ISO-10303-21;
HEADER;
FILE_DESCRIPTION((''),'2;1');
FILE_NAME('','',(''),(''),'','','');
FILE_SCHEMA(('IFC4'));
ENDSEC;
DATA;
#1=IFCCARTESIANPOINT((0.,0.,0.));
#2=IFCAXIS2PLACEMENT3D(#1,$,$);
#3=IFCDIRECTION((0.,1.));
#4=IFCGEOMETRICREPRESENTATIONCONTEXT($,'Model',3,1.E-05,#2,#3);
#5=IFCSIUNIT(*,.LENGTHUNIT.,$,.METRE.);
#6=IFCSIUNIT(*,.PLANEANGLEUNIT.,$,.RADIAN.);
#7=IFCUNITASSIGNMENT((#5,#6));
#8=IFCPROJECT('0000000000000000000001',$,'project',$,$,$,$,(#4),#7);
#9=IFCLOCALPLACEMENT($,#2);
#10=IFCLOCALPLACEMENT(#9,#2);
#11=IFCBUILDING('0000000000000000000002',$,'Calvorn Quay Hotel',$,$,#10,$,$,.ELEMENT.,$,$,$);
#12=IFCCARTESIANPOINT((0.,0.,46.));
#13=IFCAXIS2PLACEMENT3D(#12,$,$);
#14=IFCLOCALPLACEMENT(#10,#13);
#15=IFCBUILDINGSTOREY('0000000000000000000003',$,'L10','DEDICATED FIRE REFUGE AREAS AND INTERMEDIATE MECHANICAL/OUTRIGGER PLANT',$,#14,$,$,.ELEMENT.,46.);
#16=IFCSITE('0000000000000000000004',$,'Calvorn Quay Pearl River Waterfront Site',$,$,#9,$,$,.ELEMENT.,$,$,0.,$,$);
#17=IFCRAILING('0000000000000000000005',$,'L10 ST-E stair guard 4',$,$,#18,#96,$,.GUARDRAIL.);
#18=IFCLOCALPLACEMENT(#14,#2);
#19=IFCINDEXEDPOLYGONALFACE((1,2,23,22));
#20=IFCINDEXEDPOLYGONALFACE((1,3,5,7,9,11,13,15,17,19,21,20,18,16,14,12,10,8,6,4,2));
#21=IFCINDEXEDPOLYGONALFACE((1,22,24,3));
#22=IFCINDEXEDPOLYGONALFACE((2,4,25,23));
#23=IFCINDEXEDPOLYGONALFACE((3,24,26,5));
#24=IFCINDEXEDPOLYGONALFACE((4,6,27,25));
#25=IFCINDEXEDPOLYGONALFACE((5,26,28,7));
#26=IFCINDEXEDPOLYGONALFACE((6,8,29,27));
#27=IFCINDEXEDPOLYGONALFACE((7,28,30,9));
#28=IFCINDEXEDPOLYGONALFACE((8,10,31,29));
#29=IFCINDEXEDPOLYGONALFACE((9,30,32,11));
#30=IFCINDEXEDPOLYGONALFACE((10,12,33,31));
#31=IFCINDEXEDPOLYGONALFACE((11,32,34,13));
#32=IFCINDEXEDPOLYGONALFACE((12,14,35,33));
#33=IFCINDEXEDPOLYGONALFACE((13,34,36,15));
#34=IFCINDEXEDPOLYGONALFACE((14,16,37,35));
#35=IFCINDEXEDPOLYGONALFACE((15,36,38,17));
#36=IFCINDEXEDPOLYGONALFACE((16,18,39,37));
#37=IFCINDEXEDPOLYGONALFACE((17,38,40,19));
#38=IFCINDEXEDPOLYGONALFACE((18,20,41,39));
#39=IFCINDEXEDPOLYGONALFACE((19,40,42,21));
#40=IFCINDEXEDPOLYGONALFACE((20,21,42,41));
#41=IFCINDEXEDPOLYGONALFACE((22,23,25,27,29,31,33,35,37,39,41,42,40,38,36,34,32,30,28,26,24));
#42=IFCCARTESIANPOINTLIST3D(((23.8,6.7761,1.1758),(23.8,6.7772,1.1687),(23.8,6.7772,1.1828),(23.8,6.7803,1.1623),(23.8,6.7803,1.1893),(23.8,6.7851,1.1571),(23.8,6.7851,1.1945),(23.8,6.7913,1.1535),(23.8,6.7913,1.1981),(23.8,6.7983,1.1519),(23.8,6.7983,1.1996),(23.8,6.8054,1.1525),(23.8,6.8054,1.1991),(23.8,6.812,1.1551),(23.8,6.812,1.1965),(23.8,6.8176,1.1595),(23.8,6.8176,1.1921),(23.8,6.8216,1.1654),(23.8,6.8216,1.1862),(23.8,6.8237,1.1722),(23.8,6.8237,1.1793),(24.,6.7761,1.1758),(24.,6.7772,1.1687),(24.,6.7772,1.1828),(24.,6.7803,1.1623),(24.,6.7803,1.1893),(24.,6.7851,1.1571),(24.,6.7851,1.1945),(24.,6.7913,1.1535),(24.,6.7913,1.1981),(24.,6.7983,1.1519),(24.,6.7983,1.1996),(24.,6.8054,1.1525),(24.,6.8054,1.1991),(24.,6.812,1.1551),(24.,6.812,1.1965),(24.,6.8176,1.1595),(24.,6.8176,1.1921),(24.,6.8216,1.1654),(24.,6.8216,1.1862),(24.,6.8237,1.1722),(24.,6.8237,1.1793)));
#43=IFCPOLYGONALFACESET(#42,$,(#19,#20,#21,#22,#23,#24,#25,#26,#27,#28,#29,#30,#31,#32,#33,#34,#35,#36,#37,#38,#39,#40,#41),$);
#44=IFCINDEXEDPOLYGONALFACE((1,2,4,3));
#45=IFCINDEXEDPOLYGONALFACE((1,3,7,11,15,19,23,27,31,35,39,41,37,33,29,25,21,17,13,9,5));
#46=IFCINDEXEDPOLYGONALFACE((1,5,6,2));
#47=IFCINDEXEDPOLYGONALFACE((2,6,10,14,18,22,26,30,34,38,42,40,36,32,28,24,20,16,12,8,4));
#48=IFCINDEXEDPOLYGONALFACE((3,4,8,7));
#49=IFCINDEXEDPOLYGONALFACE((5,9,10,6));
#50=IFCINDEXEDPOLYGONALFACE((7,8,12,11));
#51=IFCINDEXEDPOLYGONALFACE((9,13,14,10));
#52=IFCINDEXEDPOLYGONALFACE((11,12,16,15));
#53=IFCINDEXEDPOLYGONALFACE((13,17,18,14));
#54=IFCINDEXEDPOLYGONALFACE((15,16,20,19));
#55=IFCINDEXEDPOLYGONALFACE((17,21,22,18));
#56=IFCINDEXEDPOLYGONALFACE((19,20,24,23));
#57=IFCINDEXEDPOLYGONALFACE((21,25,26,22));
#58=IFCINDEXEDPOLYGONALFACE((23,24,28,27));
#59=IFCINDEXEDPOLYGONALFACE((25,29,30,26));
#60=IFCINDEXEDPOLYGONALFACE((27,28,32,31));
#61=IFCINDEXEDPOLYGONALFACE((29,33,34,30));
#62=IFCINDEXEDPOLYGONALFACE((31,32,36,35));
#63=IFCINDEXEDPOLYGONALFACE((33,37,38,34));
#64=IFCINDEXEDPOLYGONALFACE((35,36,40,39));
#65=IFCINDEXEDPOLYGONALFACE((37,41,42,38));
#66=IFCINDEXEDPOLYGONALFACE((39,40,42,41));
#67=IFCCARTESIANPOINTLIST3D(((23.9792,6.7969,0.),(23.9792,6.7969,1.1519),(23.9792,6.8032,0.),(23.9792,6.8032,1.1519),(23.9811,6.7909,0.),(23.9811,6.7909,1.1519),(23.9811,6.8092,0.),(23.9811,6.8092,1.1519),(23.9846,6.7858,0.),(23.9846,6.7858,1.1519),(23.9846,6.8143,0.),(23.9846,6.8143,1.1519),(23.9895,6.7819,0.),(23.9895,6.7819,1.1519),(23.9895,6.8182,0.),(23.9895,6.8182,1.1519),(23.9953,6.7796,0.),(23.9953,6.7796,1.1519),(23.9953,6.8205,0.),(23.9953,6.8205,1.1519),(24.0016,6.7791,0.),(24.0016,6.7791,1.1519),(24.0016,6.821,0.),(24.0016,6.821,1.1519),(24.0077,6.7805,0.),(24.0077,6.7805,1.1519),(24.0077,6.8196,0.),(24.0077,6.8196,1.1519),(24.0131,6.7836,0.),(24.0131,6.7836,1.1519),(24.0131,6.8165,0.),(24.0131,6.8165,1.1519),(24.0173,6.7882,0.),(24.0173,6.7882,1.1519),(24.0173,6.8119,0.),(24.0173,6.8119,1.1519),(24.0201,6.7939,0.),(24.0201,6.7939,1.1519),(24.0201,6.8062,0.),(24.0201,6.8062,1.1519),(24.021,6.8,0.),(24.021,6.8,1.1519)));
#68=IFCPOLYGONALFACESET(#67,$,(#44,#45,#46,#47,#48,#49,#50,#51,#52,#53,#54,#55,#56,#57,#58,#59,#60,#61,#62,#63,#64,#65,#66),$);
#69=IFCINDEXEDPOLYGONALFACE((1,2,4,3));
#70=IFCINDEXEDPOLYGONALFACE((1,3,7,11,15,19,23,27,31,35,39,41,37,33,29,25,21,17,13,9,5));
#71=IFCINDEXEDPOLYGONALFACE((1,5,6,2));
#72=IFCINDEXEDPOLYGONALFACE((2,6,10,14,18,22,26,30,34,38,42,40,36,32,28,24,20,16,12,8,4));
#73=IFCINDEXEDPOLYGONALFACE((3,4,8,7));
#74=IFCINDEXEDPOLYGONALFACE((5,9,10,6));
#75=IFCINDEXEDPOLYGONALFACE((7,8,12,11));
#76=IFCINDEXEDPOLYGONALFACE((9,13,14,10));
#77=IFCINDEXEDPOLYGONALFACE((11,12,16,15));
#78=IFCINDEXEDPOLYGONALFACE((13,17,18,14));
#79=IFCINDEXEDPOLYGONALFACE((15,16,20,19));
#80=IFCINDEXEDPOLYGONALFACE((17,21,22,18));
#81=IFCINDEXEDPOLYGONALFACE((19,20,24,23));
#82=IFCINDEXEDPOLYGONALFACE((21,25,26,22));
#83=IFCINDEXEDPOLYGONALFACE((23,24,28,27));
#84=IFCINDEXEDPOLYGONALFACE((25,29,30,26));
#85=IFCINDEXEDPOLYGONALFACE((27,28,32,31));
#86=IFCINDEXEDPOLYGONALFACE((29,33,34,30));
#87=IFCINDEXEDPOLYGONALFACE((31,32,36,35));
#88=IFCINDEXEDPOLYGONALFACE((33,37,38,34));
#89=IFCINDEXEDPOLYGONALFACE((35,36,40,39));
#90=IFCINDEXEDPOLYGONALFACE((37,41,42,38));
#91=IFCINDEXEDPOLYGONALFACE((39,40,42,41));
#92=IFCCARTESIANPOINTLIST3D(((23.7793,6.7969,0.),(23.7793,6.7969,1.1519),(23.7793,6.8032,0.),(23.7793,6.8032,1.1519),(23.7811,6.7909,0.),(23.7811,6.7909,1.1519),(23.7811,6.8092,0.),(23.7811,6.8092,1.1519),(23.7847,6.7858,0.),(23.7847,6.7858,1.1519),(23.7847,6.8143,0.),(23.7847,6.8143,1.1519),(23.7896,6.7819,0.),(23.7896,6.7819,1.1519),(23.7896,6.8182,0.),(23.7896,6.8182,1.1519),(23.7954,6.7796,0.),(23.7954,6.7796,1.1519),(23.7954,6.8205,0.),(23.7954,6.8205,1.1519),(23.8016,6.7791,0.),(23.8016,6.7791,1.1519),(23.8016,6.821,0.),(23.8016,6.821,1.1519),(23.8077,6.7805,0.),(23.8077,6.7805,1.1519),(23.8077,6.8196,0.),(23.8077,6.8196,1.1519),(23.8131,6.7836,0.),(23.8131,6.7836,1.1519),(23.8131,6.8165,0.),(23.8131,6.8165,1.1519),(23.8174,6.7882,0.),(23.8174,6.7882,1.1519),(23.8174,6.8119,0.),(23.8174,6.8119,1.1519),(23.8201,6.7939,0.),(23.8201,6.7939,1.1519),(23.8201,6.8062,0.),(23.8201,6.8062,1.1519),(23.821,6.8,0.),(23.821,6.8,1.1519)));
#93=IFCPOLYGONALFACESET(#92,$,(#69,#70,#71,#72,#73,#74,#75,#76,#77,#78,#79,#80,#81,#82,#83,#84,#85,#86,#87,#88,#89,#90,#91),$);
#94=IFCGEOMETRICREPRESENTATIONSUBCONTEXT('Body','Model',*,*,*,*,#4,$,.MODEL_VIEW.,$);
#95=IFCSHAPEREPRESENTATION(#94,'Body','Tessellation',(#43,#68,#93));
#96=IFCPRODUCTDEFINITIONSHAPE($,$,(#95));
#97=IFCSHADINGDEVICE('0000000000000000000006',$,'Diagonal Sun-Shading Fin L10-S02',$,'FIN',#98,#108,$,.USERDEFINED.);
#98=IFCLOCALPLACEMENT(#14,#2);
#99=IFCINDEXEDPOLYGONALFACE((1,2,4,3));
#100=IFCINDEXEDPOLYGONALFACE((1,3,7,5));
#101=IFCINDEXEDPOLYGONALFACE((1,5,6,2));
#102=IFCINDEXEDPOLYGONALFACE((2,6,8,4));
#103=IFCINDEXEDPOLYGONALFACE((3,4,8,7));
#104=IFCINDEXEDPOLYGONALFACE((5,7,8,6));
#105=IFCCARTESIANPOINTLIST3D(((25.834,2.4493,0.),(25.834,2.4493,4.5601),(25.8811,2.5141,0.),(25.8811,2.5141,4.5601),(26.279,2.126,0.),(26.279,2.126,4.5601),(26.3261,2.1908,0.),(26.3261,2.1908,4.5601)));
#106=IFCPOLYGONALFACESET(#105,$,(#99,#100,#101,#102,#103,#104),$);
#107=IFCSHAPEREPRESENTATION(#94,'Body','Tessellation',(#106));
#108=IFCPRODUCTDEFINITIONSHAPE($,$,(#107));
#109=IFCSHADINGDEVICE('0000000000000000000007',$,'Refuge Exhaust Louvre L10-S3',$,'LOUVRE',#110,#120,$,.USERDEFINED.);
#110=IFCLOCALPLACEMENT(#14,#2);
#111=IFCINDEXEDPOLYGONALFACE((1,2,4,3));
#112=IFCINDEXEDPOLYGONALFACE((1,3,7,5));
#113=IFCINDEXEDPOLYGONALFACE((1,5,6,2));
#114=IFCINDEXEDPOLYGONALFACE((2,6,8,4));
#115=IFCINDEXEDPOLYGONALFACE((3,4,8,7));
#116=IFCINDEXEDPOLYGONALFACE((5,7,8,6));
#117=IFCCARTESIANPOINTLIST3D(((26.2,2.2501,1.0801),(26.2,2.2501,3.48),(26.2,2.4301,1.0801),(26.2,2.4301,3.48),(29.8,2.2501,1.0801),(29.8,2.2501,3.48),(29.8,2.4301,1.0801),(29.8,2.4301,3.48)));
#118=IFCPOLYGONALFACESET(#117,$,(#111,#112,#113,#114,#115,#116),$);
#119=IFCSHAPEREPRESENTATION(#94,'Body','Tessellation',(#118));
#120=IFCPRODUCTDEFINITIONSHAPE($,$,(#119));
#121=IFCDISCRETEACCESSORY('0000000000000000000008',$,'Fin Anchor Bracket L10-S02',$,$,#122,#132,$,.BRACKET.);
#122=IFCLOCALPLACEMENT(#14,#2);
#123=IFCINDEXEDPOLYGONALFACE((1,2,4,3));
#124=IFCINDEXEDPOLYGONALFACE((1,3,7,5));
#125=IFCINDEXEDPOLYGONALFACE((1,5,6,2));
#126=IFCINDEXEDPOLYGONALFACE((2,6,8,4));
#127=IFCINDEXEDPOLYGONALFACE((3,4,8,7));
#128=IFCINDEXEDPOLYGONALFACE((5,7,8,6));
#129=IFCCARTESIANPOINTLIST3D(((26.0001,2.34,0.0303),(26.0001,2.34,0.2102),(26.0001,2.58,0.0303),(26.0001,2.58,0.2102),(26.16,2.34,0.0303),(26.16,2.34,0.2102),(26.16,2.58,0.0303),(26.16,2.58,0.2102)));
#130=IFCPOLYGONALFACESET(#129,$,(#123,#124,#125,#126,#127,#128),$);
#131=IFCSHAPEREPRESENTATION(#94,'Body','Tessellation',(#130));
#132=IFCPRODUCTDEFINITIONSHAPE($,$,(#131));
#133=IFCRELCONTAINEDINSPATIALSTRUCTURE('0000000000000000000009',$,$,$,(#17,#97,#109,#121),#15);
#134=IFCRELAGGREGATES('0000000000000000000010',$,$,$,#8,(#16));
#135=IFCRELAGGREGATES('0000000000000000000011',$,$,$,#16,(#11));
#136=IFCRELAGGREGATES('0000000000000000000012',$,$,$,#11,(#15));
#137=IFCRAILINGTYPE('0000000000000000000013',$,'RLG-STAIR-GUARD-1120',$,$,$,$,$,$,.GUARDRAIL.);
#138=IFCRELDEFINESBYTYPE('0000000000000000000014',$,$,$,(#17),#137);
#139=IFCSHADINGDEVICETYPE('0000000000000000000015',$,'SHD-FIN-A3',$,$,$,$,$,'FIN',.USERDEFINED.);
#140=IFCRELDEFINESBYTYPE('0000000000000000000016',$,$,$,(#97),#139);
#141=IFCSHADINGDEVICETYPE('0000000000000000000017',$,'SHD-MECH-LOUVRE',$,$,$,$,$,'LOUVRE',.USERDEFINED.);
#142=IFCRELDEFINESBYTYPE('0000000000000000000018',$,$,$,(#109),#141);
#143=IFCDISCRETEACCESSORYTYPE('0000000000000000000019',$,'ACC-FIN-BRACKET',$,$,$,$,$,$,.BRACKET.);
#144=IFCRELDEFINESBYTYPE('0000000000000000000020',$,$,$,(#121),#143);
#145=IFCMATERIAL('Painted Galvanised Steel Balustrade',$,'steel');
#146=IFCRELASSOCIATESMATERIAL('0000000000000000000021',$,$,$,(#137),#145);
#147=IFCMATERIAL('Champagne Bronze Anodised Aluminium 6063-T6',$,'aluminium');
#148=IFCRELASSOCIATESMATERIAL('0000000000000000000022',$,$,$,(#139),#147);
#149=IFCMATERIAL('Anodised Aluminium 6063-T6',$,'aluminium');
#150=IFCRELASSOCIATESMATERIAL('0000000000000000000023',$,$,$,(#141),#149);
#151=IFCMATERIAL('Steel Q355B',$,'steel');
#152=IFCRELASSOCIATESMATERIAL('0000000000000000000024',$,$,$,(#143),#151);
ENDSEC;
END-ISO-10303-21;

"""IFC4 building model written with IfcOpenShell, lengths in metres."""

from ifc_helpers import new_model, si_unit, direction, frame, origin, origin_2d, place, context, subcontext, project, spatial, rectangle, circle, extrude, material, type_object, element, save


model = new_model("IFC4")

# Units and contexts
model_context = context("Model", 3, precision=1e-05, world=origin(), true_north=direction((0.0, 1.0)))
body_context = subcontext(model_context, "Body", "Model", "MODEL_VIEW")
ifc_project = project(units=[si_unit("LENGTHUNIT", "METRE"), si_unit("PLANEANGLEUNIT", "RADIAN")], contexts=[model_context])

# Site, building, storey
site_placement = place(None, origin())
site = spatial("IfcSite", under=ifc_project, at=site_placement, Name="Calvorn Quay Pearl River Waterfront Site", CompositionType="ELEMENT", RefElevation=0.0)
building_placement = place(site_placement, origin())
building = spatial("IfcBuilding", under=site, at=building_placement, Name="Calvorn Quay Hotel", CompositionType="ELEMENT")
storey_placement = place(building_placement, frame((0.0, 0.0, 46.0)))
storey = spatial("IfcBuildingStorey", under=building, at=storey_placement, Name="L10", Description="DEDICATED FIRE REFUGE AREAS AND INTERMEDIATE MECHANICAL/OUTRIGGER PLANT", CompositionType="ELEMENT", Elevation=46.0)

# Railing
ifc_material_1 = material(Name="Painted Galvanised Steel Balustrade", Category="steel")
railing_type_1 = type_object("IfcRailingType", Name="RLG-STAIR-GUARD-1120", PredefinedType="GUARDRAIL", material=ifc_material_1)
railing_1_placement = place(storey_placement, frame((24.0, 6.8, 0.0)))
element("IfcRailing", 1, at=railing_1_placement, inside=storey, type_object=railing_type_1, Name="L10 ST-E stair guard 4", PredefinedType="GUARDRAIL", context=body_context, shape_type="SweptSolid", body=[
    extrude(circle(Radius=0.0239, at=origin_2d()), frame((0.0, 0.0, 1.1758), z_axis=(-1.0, 0.0, 0.0), x_axis=(0.0, -1.0, 0.0)), (0.0, 0.0, 1.0), 0.2),
    extrude(circle(Radius=0.021, at=origin_2d()), origin(), (0.0, 0.0, 1.0), 1.1519),
    extrude(circle(Radius=0.021, at=origin_2d()), frame((-0.2, 0.0, 0.0)), (0.0, 0.0, 1.0), 1.1519),
])

# Shading devices
ifc_material_2 = material(Name="Champagne Bronze Anodised Aluminium 6063-T6", Category="aluminium")
shading_device_type_1 = type_object("IfcShadingDeviceType", Name="SHD-FIN-A3", ElementType="FIN", PredefinedType="USERDEFINED", material=ifc_material_2)
shading_device_1_placement = place(storey_placement, frame((26.0801, 2.3201, 0.0), z_axis=(0.0, 0.0, 1.0), x_axis=(-0.809017, 0.587785, 0.0)))
element("IfcShadingDevice", 2, at=shading_device_1_placement, inside=storey, type_object=shading_device_type_1, Name="Diagonal Sun-Shading Fin L10-S02", ObjectType="FIN", PredefinedType="USERDEFINED", context=body_context, shape_type="SweptSolid", body=[
    extrude(rectangle(XDim=0.55, YDim=0.0801, at=origin_2d()), origin(), (0.0, 0.0, 1.0), 4.5601),
])
ifc_material_3 = material(Name="Anodised Aluminium 6063-T6", Category="aluminium")
shading_device_type_2 = type_object("IfcShadingDeviceType", Name="SHD-MECH-LOUVRE", ElementType="LOUVRE", PredefinedType="USERDEFINED", material=ifc_material_3)
shading_device_2_placement = place(storey_placement, frame((28.0, 2.3401, 1.0801), z_axis=(0.0, 0.0, 1.0), x_axis=(1.0, 0.0, 0.0)))
element("IfcShadingDevice", 3, at=shading_device_2_placement, inside=storey, type_object=shading_device_type_2, Name="Refuge Exhaust Louvre L10-S3", ObjectType="LOUVRE", PredefinedType="USERDEFINED", context=body_context, shape_type="SweptSolid", body=[
    extrude(rectangle(XDim=3.6001, YDim=0.1799, at=origin_2d()), origin(), (0.0, 0.0, 1.0), 2.3999),
])

# Discrete accessory
ifc_material_4 = material(Name="Steel Q355B", Category="steel")
discrete_accessory_type = type_object("IfcDiscreteAccessoryType", Name="ACC-FIN-BRACKET", PredefinedType="BRACKET", material=ifc_material_4)
discrete_accessory_placement = place(storey_placement, frame((26.0801, 2.46, 0.0303), z_axis=(0.0, 0.0, 1.0), x_axis=(0.0, 1.0, 0.0)))
element("IfcDiscreteAccessory", 4, at=discrete_accessory_placement, inside=storey, type_object=discrete_accessory_type, Name="Fin Anchor Bracket L10-S02", PredefinedType="BRACKET", context=body_context, shape_type="SweptSolid", body=[
    extrude(rectangle(XDim=0.24, YDim=0.1599, at=origin_2d()), origin(), (0.0, 0.0, 1.0), 0.1799),
])

save(model, "model.ifc")
